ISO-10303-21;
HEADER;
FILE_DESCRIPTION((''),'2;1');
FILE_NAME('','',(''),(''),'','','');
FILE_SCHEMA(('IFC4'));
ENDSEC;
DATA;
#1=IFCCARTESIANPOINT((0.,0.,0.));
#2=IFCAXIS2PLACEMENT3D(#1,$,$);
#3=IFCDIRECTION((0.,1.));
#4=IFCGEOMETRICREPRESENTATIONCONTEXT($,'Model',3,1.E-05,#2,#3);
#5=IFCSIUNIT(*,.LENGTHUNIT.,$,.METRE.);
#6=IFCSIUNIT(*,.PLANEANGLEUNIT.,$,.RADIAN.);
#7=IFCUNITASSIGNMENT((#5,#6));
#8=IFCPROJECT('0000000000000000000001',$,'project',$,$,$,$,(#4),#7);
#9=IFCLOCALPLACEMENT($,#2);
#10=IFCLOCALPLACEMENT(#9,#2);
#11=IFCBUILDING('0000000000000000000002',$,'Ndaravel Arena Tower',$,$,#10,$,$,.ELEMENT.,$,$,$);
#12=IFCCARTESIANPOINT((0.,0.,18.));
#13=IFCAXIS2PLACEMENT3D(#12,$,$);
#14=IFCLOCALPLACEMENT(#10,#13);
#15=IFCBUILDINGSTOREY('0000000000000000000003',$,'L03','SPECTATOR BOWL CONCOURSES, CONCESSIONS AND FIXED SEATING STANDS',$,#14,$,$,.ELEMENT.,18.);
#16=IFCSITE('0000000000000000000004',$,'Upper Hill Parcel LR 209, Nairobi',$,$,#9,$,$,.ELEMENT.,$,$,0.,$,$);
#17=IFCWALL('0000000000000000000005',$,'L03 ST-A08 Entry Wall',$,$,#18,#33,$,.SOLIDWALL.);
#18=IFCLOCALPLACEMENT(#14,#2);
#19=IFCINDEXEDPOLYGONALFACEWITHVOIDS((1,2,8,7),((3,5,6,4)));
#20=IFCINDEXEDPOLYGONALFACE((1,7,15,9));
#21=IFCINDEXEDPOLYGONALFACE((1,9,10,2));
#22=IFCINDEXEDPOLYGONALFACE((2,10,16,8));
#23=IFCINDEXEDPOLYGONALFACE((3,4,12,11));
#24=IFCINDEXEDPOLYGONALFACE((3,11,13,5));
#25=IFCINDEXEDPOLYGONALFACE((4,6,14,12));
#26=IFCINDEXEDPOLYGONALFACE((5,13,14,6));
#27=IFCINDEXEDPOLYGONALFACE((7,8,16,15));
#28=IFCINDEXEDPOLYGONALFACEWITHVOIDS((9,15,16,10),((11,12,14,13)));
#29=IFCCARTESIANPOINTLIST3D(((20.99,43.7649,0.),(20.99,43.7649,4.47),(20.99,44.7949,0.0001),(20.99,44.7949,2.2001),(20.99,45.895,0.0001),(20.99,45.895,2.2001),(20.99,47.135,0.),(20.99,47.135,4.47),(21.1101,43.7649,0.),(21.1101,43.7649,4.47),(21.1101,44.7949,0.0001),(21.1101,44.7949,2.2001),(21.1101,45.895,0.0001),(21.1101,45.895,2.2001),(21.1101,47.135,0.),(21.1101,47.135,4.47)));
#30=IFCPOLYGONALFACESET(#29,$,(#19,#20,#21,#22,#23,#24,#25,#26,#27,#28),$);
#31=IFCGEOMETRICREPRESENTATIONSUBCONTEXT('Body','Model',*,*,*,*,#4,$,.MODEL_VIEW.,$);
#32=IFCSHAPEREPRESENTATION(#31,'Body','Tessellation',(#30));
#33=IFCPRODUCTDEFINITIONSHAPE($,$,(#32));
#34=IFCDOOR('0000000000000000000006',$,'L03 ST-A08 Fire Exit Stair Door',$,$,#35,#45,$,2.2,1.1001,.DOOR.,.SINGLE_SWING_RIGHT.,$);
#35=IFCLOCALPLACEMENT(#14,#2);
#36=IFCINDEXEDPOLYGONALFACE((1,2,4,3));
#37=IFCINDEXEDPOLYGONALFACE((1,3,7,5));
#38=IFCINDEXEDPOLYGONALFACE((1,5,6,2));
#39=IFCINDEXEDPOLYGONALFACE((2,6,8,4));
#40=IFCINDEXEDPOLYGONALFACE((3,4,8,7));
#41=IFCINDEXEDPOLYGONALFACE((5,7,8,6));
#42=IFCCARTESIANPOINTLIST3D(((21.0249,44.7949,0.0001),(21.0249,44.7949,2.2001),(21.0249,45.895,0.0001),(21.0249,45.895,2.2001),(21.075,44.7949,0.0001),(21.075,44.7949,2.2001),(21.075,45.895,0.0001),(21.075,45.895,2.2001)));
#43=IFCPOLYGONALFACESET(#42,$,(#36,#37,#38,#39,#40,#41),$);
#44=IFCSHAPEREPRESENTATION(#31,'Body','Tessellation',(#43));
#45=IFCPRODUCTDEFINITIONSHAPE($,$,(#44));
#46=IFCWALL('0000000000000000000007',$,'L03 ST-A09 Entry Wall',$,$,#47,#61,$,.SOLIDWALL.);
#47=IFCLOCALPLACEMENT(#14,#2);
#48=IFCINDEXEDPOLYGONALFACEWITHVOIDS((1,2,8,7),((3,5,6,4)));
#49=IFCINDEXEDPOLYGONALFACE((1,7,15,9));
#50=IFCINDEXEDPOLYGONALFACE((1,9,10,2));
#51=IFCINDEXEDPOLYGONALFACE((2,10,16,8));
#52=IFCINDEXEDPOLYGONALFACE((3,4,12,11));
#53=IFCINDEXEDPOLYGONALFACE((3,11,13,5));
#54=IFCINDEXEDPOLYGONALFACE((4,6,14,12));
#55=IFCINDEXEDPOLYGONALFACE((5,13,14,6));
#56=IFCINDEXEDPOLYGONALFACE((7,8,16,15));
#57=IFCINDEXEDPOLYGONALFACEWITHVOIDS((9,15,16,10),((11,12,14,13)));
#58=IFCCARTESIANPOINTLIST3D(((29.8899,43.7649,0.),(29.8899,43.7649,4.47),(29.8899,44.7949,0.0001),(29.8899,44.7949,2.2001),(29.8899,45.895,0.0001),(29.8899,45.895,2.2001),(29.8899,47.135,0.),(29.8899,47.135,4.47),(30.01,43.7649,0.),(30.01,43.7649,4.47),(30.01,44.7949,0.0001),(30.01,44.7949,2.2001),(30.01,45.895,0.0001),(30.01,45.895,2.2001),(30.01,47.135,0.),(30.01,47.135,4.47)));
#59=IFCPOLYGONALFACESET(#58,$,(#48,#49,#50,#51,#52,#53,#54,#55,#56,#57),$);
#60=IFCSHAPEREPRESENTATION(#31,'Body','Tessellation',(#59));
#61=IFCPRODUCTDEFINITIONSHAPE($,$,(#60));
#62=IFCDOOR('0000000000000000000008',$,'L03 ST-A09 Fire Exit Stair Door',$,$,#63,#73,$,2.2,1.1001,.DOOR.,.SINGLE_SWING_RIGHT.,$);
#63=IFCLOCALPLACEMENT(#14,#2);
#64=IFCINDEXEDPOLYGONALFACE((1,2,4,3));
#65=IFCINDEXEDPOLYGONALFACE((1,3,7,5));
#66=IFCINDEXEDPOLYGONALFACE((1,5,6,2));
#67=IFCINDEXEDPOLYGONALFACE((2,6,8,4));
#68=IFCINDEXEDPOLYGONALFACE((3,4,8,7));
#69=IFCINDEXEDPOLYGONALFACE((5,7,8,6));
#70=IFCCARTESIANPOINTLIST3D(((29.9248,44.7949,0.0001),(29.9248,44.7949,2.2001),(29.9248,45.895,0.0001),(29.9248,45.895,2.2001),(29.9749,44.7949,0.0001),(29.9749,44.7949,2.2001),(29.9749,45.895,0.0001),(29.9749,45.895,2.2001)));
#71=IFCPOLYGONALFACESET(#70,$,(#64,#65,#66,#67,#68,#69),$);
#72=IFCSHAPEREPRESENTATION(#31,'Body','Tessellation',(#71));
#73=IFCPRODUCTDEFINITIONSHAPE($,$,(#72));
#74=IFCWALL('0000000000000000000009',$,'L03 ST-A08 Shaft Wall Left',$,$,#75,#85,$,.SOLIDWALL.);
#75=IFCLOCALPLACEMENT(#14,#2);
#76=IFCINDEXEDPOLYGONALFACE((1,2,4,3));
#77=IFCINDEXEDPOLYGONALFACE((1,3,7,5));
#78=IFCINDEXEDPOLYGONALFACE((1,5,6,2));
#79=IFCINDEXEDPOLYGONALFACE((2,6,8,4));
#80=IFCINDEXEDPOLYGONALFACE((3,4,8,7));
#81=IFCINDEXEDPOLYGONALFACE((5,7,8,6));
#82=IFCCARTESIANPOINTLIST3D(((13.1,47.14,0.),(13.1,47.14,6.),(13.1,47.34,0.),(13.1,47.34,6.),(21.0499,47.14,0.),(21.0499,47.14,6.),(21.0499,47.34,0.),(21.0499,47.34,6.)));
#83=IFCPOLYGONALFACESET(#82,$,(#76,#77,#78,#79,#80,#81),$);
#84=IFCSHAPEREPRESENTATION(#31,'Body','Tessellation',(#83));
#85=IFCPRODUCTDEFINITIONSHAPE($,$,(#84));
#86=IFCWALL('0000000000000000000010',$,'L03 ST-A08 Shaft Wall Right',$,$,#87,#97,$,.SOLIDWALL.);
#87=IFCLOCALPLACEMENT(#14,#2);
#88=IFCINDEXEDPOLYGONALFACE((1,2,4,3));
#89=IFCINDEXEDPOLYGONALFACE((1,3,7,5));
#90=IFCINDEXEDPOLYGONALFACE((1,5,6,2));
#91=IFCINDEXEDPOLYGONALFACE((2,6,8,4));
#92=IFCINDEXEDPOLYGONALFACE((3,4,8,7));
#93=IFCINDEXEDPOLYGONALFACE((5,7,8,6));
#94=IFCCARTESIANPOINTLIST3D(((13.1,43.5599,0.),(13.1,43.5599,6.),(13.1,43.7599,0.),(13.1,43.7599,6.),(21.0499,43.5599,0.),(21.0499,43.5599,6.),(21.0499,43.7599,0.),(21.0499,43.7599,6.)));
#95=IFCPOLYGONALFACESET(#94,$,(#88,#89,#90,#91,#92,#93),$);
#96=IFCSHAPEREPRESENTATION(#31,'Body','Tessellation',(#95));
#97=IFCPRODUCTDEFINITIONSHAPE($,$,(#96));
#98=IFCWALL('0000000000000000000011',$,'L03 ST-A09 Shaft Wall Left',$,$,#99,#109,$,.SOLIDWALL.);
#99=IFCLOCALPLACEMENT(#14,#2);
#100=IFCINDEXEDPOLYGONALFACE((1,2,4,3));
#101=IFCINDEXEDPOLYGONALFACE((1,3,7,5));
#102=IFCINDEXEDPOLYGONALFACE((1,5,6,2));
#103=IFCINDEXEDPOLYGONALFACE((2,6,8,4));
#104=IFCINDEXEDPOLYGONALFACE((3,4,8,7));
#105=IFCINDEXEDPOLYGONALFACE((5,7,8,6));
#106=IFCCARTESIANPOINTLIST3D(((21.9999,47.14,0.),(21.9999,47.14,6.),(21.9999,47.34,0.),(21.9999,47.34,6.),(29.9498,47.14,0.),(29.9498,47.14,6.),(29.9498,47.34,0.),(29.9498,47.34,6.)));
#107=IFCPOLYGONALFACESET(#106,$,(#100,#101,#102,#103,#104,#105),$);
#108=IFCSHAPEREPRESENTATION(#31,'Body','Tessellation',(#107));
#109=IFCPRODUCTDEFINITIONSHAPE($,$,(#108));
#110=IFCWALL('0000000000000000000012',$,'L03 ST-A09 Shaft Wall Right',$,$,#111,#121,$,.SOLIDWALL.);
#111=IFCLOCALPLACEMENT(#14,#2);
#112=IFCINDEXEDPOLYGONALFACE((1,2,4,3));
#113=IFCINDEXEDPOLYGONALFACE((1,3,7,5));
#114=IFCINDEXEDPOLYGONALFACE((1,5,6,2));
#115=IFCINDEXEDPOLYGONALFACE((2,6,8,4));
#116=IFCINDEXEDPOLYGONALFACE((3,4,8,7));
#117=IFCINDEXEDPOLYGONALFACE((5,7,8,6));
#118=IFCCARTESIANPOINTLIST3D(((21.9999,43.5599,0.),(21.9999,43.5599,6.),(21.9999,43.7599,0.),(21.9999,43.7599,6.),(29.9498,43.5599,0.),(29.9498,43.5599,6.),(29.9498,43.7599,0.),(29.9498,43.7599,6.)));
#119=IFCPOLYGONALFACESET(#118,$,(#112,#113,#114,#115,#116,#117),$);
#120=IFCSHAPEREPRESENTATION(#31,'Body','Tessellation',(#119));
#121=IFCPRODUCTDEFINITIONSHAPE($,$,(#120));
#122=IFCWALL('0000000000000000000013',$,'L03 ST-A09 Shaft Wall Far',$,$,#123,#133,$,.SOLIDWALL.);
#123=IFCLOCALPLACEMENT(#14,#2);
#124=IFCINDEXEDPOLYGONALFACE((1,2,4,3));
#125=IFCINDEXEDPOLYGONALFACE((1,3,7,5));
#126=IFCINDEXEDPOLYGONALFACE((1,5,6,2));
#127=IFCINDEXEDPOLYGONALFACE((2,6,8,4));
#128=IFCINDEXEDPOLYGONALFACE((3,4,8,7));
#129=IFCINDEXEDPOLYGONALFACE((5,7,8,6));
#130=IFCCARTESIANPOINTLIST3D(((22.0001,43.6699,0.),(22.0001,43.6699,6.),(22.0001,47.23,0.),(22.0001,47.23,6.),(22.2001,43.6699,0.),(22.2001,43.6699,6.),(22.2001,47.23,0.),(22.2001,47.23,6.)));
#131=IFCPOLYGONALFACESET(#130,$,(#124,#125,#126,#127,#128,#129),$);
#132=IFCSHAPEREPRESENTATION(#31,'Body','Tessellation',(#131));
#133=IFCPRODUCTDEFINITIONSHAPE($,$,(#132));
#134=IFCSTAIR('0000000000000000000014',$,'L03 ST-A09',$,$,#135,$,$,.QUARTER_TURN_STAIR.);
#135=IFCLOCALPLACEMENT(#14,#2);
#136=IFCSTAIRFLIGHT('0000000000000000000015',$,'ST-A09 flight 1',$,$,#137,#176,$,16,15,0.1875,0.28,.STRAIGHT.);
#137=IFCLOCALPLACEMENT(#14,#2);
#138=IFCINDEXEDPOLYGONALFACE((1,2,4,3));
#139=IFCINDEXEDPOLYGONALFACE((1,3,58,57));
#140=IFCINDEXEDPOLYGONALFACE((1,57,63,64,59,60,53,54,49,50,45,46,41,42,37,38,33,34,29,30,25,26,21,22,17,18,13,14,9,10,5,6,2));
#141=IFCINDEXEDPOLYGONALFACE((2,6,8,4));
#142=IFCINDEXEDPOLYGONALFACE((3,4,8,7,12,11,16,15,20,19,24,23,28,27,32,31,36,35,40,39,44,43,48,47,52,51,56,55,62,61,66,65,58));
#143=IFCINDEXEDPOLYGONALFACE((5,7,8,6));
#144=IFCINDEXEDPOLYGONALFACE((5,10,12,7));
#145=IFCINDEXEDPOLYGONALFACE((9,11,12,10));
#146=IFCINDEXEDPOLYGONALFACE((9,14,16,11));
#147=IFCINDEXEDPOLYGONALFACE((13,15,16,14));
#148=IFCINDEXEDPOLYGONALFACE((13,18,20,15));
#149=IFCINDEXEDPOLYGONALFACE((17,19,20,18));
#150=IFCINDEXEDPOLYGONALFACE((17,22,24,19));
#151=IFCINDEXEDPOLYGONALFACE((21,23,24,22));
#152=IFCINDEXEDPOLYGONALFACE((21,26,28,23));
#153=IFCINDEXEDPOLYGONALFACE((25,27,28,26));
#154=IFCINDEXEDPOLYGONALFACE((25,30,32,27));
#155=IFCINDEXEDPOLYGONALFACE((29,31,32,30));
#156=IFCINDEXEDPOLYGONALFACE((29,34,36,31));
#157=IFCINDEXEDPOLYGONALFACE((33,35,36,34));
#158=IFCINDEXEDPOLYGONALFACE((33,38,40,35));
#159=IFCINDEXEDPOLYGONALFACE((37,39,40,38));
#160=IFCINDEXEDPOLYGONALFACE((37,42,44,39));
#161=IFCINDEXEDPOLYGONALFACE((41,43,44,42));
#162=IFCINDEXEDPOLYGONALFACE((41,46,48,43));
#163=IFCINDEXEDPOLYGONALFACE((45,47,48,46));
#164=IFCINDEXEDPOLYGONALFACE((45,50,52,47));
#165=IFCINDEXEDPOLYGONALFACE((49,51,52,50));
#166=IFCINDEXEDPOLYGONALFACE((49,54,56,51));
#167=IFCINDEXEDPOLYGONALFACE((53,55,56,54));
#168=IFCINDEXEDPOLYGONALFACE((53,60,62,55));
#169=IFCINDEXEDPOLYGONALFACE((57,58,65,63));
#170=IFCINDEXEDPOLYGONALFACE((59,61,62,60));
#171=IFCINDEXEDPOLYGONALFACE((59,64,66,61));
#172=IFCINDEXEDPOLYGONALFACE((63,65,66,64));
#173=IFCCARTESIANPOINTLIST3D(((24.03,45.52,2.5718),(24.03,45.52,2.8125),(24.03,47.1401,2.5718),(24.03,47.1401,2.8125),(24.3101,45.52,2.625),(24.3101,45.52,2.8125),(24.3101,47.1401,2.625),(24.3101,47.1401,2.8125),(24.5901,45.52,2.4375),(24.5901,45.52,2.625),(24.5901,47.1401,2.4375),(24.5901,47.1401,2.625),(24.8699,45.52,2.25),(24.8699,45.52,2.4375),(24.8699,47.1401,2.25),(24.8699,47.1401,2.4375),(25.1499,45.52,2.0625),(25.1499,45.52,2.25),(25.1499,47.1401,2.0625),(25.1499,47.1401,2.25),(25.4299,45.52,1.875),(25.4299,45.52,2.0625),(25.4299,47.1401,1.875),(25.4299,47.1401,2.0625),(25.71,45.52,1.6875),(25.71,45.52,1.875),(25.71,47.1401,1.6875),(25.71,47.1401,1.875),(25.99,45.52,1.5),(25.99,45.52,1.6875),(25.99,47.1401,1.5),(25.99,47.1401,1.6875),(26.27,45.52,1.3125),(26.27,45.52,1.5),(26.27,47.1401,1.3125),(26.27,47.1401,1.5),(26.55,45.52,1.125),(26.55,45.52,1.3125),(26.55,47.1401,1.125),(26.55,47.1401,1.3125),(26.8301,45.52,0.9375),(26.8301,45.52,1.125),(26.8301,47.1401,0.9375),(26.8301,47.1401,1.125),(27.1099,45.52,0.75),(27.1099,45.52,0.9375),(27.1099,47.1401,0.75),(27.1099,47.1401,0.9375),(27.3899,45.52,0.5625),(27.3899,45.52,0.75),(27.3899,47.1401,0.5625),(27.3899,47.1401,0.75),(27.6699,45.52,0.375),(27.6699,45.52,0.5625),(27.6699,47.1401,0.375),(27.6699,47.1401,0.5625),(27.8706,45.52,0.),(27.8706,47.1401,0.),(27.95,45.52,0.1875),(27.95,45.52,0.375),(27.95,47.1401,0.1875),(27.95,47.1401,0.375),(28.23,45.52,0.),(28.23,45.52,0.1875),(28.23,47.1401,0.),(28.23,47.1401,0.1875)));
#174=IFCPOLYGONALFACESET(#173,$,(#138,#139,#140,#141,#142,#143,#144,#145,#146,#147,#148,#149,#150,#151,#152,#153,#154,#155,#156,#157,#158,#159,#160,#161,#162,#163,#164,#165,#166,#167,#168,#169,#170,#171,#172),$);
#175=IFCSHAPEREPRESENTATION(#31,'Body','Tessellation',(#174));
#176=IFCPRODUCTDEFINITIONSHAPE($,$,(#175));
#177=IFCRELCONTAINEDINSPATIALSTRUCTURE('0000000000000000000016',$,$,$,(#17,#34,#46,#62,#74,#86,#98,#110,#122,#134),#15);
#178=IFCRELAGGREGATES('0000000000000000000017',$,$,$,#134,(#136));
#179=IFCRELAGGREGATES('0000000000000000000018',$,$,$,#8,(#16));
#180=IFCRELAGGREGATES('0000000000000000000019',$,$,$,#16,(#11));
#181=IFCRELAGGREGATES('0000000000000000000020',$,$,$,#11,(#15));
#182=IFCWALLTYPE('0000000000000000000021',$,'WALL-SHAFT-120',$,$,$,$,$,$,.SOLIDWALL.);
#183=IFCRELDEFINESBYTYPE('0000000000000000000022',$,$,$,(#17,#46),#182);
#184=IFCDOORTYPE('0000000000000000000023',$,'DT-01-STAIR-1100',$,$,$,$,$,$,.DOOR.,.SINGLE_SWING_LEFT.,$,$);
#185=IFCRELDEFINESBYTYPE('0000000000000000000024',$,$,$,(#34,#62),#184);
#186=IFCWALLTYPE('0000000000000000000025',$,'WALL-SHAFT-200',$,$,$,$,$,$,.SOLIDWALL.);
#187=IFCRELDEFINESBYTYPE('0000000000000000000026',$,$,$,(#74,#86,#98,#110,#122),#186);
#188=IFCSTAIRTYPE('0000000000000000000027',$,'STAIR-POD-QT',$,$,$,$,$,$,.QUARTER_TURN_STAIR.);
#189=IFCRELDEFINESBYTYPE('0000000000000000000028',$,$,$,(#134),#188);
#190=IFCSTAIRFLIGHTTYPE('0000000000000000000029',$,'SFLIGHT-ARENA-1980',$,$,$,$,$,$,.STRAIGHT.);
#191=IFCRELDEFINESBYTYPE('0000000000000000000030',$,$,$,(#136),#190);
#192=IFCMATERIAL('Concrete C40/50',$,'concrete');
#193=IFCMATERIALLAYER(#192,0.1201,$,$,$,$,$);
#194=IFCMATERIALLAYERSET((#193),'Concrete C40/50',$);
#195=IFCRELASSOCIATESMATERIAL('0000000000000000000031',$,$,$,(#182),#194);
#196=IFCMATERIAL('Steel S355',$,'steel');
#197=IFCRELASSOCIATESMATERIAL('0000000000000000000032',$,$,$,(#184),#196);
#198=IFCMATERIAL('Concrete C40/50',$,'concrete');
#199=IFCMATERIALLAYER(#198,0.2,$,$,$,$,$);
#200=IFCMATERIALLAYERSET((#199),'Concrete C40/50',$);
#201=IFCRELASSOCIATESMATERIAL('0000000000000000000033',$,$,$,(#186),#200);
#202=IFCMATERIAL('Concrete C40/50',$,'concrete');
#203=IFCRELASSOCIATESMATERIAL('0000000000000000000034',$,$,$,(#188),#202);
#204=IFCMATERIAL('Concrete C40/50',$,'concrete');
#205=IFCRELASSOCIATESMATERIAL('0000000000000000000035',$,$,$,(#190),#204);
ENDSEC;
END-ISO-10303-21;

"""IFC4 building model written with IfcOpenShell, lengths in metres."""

from ifc_helpers import new_model, si_unit, direction, frame, frame_2d, origin, place, context, subcontext, project, spatial, polyline, rectangle, outline, extrude, material, layer, layer_set, type_object, element, fill, aggregate, save


model = new_model("IFC4")

# Units and contexts
model_context = context("Model", 3, precision=1e-05, world=origin(), true_north=direction((0.0, 1.0)))
body_context = subcontext(model_context, "Body", "Model", "MODEL_VIEW")
ifc_project = project(units=[si_unit("LENGTHUNIT", "METRE"), si_unit("PLANEANGLEUNIT", "RADIAN")], contexts=[model_context])

# Site, building, storey
site_placement = place(None, origin())
site = spatial("IfcSite", under=ifc_project, at=site_placement, Name="Upper Hill Parcel LR 209, Nairobi", CompositionType="ELEMENT", RefElevation=0.0)
building_placement = place(site_placement, origin())
building = spatial("IfcBuilding", under=site, at=building_placement, Name="Ndaravel Arena Tower", CompositionType="ELEMENT")
storey_placement = place(building_placement, frame((0.0, 0.0, 18.0)))
storey = spatial("IfcBuildingStorey", under=building, at=storey_placement, Name="L03", Description="SPECTATOR BOWL CONCOURSES, CONCESSIONS AND FIXED SEATING STANDS", CompositionType="ELEMENT", Elevation=18.0)

# Walls, openings, doors
ifc_material_1 = material(Name="Concrete C40/50", Category="concrete")
ifc_layer_1 = layer(ifc_material_1, 0.1201)
ifc_layer_set_1 = layer_set([ifc_layer_1], Name="Concrete C40/50")
wall_type_1 = type_object("IfcWallType", Name="WALL-SHAFT-120", PredefinedType="SOLIDWALL", material=ifc_layer_set_1)
wall_1_placement = place(storey_placement, frame((21.05, 47.135, 0.0), z_axis=(0.0, 0.0, 1.0), x_axis=(0.0, -1.0, 0.0)))
wall_1 = element("IfcWall", 1, at=wall_1_placement, inside=storey, type_object=wall_type_1, Name="L03 ST-A08 Entry Wall", PredefinedType="SOLIDWALL", context=body_context, shape_type="SweptSolid", body=[
    extrude(rectangle(XDim=3.3701, YDim=0.1201, at=frame_2d((1.6851, 0.0))), origin(), (0.0, 0.0, 1.0), 4.47),
])
opening_1_placement = place(wall_1_placement, frame((1.24, 0.0, 0.0)))
opening_1 = element("IfcOpeningElement", 2, at=opening_1_placement, cuts=wall_1, PredefinedType="OPENING", context=body_context, shape_type="SweptSolid", body=[
    extrude(rectangle(XDim=1.1001, YDim=2.2, at=frame_2d((0.55, 1.1001))), frame((0.0, 0.0601, 0.0), z_axis=(0.0, -1.0, 0.0), x_axis=(1.0, 0.0, 0.0)), (0.0, 0.0, 1.0), 0.1201),
])
ifc_material_2 = material(Name="Steel S355", Category="steel")
door_type = type_object("IfcDoorType", Name="DT-01-STAIR-1100", OperationType="SINGLE_SWING_LEFT", PredefinedType="DOOR", material=ifc_material_2)
door_1_placement = place(opening_1_placement, origin())
door_1 = element("IfcDoor", 3, at=door_1_placement, inside=storey, type_object=door_type, Name="L03 ST-A08 Fire Exit Stair Door", OperationType="SINGLE_SWING_RIGHT", OverallHeight=2.2, OverallWidth=1.1001, PredefinedType="DOOR", context=body_context, shape_type="SweptSolid", body=[
    extrude(rectangle(XDim=1.1001, YDim=2.2, at=frame_2d((0.55, 1.1001))), frame((0.0, 0.0249, 0.0), z_axis=(0.0, -1.0, 0.0), x_axis=(1.0, 0.0, 0.0)), (0.0, 0.0, 1.0), 0.05),
])
fill(opening_1, door_1)
wall_2_placement = place(storey_placement, frame((29.95, 47.135, 0.0), z_axis=(0.0, 0.0, 1.0), x_axis=(0.0, -1.0, 0.0)))
wall_2 = element("IfcWall", 4, at=wall_2_placement, inside=storey, type_object=wall_type_1, Name="L03 ST-A09 Entry Wall", PredefinedType="SOLIDWALL", context=body_context, shape_type="SweptSolid", body=[
    extrude(rectangle(XDim=3.3701, YDim=0.1201, at=frame_2d((1.6851, 0.0))), origin(), (0.0, 0.0, 1.0), 4.47),
])
opening_2_placement = place(wall_2_placement, frame((1.24, 0.0, 0.0)))
opening_2 = element("IfcOpeningElement", 5, at=opening_2_placement, cuts=wall_2, PredefinedType="OPENING", context=body_context, shape_type="SweptSolid", body=[
    extrude(rectangle(XDim=1.1001, YDim=2.2, at=frame_2d((0.55, 1.1001))), frame((0.0, 0.0601, 0.0), z_axis=(0.0, -1.0, 0.0), x_axis=(1.0, 0.0, 0.0)), (0.0, 0.0, 1.0), 0.1201),
])
door_2_placement = place(opening_2_placement, origin())
door_2 = element("IfcDoor", 6, at=door_2_placement, inside=storey, type_object=door_type, Name="L03 ST-A09 Fire Exit Stair Door", OperationType="SINGLE_SWING_RIGHT", OverallHeight=2.2, OverallWidth=1.1001, PredefinedType="DOOR", context=body_context, shape_type="SweptSolid", body=[
    extrude(rectangle(XDim=1.1001, YDim=2.2, at=frame_2d((0.55, 1.1001))), frame((0.0, 0.0249, 0.0), z_axis=(0.0, -1.0, 0.0), x_axis=(1.0, 0.0, 0.0)), (0.0, 0.0, 1.0), 0.05),
])
fill(opening_2, door_2)

# Walls
ifc_material_3 = material(Name="Concrete C40/50", Category="concrete")
ifc_layer_2 = layer(ifc_material_3, 0.2)
ifc_layer_set_2 = layer_set([ifc_layer_2], Name="Concrete C40/50")
wall_type_2 = type_object("IfcWallType", Name="WALL-SHAFT-200", PredefinedType="SOLIDWALL", material=ifc_layer_set_2)
for number, where, z_axis, x_axis, name in (
    (7, (21.05, 47.24, 0.0), (0.0, 0.0, 1.0), (-1.0, 0.0, 0.0), "L03 ST-A08 Shaft Wall Left"),
    (8, (21.05, 43.6599, 0.0), (0.0, 0.0, 1.0), (-1.0, 0.0, 0.0), "L03 ST-A08 Shaft Wall Right"),
    (9, (29.95, 47.24, 0.0), (0.0, 0.0, 1.0), (-1.0, 0.0, 0.0), "L03 ST-A09 Shaft Wall Left"),
    (10, (29.95, 43.6599, 0.0), (0.0, 0.0, 1.0), (-1.0, 0.0, 0.0), "L03 ST-A09 Shaft Wall Right"),
):
    element("IfcWall", number, at=place(storey_placement, frame(where, z_axis=z_axis, x_axis=x_axis)), inside=storey, type_object=wall_type_2, Name=name, PredefinedType="SOLIDWALL", context=body_context, shape_type="SweptSolid", body=[
        extrude(rectangle(XDim=7.95, YDim=0.2, at=frame_2d((3.9751, 0.0))), origin(), (0.0, 0.0, 1.0), 6.0),
    ])
wall_3_placement = place(storey_placement, frame((22.1001, 47.23, 0.0), z_axis=(0.0, 0.0, 1.0), x_axis=(0.0, -1.0, 0.0)))
element("IfcWall", 11, at=wall_3_placement, inside=storey, type_object=wall_type_2, Name="L03 ST-A09 Shaft Wall Far", PredefinedType="SOLIDWALL", context=body_context, shape_type="SweptSolid", body=[
    extrude(rectangle(XDim=3.5601, YDim=0.2, at=frame_2d((1.78, 0.0))), origin(), (0.0, 0.0, 1.0), 6.0),
])

# Stair, stair flight
ifc_material_4 = material(Name="Concrete C40/50", Category="concrete")
stair_type = type_object("IfcStairType", Name="STAIR-POD-QT", PredefinedType="QUARTER_TURN_STAIR", material=ifc_material_4)
stair_placement = place(storey_placement, origin())
stair = element("IfcStair", 12, at=stair_placement, inside=storey, type_object=stair_type, Name="L03 ST-A09", PredefinedType="QUARTER_TURN_STAIR")
ifc_material_5 = material(Name="Concrete C40/50", Category="concrete")
stair_flight_type = type_object("IfcStairFlightType", Name="SFLIGHT-ARENA-1980", PredefinedType="STRAIGHT", material=ifc_material_5)
stair_flight_1_placement = place(storey_placement, frame((28.23, 46.3301, 0.0), z_axis=(0.0, 0.0, 1.0), x_axis=(-1.0, 0.0, 0.0)))
stair_flight_1 = element("IfcStairFlight", 13, at=stair_flight_1_placement, type_object=stair_flight_type, Name="ST-A09 flight 1", NumberOfRisers=16, NumberOfTreads=15, PredefinedType="STRAIGHT", RiserHeight=0.1875, TreadLength=0.28, context=body_context, shape_type="SweptSolid", body=[
    extrude(outline(polyline([(0.0, 0.0), (0.0, 0.1875), (0.28, 0.1875), (0.28, 0.375), (0.5601, 0.375), (0.5601, 0.5625), (0.8401, 0.5625), (0.8401, 0.75), (1.1201, 0.75), (1.1201, 0.9375), (1.3999, 0.9375), (1.3999, 1.125), (1.6799, 1.125), (1.6799, 1.3125), (1.96, 1.3125), (1.96, 1.5), (2.24, 1.5), (2.24, 1.6875), (2.52, 1.6875), (2.52, 1.875), (2.8, 1.875), (2.8, 2.0625), (3.0801, 2.0625), (3.0801, 2.25), (3.3601, 2.25), (3.3601, 2.4375), (3.6399, 2.4375), (3.6399, 2.625), (3.9199, 2.625), (3.9199, 2.8125), (4.2, 2.8125), (4.2, 3.0), (4.2, 2.5718), (0.3594, 0.0), (0.0, 0.0)])), frame((0.0, 0.8101, 0.0), z_axis=(0.0, -1.0, 0.0), x_axis=(1.0, 0.0, 0.0)), (0.0, 0.0, 1.0), 1.6201),
])
aggregate(stair, [stair_flight_1])

save(model, "model.ifc")
